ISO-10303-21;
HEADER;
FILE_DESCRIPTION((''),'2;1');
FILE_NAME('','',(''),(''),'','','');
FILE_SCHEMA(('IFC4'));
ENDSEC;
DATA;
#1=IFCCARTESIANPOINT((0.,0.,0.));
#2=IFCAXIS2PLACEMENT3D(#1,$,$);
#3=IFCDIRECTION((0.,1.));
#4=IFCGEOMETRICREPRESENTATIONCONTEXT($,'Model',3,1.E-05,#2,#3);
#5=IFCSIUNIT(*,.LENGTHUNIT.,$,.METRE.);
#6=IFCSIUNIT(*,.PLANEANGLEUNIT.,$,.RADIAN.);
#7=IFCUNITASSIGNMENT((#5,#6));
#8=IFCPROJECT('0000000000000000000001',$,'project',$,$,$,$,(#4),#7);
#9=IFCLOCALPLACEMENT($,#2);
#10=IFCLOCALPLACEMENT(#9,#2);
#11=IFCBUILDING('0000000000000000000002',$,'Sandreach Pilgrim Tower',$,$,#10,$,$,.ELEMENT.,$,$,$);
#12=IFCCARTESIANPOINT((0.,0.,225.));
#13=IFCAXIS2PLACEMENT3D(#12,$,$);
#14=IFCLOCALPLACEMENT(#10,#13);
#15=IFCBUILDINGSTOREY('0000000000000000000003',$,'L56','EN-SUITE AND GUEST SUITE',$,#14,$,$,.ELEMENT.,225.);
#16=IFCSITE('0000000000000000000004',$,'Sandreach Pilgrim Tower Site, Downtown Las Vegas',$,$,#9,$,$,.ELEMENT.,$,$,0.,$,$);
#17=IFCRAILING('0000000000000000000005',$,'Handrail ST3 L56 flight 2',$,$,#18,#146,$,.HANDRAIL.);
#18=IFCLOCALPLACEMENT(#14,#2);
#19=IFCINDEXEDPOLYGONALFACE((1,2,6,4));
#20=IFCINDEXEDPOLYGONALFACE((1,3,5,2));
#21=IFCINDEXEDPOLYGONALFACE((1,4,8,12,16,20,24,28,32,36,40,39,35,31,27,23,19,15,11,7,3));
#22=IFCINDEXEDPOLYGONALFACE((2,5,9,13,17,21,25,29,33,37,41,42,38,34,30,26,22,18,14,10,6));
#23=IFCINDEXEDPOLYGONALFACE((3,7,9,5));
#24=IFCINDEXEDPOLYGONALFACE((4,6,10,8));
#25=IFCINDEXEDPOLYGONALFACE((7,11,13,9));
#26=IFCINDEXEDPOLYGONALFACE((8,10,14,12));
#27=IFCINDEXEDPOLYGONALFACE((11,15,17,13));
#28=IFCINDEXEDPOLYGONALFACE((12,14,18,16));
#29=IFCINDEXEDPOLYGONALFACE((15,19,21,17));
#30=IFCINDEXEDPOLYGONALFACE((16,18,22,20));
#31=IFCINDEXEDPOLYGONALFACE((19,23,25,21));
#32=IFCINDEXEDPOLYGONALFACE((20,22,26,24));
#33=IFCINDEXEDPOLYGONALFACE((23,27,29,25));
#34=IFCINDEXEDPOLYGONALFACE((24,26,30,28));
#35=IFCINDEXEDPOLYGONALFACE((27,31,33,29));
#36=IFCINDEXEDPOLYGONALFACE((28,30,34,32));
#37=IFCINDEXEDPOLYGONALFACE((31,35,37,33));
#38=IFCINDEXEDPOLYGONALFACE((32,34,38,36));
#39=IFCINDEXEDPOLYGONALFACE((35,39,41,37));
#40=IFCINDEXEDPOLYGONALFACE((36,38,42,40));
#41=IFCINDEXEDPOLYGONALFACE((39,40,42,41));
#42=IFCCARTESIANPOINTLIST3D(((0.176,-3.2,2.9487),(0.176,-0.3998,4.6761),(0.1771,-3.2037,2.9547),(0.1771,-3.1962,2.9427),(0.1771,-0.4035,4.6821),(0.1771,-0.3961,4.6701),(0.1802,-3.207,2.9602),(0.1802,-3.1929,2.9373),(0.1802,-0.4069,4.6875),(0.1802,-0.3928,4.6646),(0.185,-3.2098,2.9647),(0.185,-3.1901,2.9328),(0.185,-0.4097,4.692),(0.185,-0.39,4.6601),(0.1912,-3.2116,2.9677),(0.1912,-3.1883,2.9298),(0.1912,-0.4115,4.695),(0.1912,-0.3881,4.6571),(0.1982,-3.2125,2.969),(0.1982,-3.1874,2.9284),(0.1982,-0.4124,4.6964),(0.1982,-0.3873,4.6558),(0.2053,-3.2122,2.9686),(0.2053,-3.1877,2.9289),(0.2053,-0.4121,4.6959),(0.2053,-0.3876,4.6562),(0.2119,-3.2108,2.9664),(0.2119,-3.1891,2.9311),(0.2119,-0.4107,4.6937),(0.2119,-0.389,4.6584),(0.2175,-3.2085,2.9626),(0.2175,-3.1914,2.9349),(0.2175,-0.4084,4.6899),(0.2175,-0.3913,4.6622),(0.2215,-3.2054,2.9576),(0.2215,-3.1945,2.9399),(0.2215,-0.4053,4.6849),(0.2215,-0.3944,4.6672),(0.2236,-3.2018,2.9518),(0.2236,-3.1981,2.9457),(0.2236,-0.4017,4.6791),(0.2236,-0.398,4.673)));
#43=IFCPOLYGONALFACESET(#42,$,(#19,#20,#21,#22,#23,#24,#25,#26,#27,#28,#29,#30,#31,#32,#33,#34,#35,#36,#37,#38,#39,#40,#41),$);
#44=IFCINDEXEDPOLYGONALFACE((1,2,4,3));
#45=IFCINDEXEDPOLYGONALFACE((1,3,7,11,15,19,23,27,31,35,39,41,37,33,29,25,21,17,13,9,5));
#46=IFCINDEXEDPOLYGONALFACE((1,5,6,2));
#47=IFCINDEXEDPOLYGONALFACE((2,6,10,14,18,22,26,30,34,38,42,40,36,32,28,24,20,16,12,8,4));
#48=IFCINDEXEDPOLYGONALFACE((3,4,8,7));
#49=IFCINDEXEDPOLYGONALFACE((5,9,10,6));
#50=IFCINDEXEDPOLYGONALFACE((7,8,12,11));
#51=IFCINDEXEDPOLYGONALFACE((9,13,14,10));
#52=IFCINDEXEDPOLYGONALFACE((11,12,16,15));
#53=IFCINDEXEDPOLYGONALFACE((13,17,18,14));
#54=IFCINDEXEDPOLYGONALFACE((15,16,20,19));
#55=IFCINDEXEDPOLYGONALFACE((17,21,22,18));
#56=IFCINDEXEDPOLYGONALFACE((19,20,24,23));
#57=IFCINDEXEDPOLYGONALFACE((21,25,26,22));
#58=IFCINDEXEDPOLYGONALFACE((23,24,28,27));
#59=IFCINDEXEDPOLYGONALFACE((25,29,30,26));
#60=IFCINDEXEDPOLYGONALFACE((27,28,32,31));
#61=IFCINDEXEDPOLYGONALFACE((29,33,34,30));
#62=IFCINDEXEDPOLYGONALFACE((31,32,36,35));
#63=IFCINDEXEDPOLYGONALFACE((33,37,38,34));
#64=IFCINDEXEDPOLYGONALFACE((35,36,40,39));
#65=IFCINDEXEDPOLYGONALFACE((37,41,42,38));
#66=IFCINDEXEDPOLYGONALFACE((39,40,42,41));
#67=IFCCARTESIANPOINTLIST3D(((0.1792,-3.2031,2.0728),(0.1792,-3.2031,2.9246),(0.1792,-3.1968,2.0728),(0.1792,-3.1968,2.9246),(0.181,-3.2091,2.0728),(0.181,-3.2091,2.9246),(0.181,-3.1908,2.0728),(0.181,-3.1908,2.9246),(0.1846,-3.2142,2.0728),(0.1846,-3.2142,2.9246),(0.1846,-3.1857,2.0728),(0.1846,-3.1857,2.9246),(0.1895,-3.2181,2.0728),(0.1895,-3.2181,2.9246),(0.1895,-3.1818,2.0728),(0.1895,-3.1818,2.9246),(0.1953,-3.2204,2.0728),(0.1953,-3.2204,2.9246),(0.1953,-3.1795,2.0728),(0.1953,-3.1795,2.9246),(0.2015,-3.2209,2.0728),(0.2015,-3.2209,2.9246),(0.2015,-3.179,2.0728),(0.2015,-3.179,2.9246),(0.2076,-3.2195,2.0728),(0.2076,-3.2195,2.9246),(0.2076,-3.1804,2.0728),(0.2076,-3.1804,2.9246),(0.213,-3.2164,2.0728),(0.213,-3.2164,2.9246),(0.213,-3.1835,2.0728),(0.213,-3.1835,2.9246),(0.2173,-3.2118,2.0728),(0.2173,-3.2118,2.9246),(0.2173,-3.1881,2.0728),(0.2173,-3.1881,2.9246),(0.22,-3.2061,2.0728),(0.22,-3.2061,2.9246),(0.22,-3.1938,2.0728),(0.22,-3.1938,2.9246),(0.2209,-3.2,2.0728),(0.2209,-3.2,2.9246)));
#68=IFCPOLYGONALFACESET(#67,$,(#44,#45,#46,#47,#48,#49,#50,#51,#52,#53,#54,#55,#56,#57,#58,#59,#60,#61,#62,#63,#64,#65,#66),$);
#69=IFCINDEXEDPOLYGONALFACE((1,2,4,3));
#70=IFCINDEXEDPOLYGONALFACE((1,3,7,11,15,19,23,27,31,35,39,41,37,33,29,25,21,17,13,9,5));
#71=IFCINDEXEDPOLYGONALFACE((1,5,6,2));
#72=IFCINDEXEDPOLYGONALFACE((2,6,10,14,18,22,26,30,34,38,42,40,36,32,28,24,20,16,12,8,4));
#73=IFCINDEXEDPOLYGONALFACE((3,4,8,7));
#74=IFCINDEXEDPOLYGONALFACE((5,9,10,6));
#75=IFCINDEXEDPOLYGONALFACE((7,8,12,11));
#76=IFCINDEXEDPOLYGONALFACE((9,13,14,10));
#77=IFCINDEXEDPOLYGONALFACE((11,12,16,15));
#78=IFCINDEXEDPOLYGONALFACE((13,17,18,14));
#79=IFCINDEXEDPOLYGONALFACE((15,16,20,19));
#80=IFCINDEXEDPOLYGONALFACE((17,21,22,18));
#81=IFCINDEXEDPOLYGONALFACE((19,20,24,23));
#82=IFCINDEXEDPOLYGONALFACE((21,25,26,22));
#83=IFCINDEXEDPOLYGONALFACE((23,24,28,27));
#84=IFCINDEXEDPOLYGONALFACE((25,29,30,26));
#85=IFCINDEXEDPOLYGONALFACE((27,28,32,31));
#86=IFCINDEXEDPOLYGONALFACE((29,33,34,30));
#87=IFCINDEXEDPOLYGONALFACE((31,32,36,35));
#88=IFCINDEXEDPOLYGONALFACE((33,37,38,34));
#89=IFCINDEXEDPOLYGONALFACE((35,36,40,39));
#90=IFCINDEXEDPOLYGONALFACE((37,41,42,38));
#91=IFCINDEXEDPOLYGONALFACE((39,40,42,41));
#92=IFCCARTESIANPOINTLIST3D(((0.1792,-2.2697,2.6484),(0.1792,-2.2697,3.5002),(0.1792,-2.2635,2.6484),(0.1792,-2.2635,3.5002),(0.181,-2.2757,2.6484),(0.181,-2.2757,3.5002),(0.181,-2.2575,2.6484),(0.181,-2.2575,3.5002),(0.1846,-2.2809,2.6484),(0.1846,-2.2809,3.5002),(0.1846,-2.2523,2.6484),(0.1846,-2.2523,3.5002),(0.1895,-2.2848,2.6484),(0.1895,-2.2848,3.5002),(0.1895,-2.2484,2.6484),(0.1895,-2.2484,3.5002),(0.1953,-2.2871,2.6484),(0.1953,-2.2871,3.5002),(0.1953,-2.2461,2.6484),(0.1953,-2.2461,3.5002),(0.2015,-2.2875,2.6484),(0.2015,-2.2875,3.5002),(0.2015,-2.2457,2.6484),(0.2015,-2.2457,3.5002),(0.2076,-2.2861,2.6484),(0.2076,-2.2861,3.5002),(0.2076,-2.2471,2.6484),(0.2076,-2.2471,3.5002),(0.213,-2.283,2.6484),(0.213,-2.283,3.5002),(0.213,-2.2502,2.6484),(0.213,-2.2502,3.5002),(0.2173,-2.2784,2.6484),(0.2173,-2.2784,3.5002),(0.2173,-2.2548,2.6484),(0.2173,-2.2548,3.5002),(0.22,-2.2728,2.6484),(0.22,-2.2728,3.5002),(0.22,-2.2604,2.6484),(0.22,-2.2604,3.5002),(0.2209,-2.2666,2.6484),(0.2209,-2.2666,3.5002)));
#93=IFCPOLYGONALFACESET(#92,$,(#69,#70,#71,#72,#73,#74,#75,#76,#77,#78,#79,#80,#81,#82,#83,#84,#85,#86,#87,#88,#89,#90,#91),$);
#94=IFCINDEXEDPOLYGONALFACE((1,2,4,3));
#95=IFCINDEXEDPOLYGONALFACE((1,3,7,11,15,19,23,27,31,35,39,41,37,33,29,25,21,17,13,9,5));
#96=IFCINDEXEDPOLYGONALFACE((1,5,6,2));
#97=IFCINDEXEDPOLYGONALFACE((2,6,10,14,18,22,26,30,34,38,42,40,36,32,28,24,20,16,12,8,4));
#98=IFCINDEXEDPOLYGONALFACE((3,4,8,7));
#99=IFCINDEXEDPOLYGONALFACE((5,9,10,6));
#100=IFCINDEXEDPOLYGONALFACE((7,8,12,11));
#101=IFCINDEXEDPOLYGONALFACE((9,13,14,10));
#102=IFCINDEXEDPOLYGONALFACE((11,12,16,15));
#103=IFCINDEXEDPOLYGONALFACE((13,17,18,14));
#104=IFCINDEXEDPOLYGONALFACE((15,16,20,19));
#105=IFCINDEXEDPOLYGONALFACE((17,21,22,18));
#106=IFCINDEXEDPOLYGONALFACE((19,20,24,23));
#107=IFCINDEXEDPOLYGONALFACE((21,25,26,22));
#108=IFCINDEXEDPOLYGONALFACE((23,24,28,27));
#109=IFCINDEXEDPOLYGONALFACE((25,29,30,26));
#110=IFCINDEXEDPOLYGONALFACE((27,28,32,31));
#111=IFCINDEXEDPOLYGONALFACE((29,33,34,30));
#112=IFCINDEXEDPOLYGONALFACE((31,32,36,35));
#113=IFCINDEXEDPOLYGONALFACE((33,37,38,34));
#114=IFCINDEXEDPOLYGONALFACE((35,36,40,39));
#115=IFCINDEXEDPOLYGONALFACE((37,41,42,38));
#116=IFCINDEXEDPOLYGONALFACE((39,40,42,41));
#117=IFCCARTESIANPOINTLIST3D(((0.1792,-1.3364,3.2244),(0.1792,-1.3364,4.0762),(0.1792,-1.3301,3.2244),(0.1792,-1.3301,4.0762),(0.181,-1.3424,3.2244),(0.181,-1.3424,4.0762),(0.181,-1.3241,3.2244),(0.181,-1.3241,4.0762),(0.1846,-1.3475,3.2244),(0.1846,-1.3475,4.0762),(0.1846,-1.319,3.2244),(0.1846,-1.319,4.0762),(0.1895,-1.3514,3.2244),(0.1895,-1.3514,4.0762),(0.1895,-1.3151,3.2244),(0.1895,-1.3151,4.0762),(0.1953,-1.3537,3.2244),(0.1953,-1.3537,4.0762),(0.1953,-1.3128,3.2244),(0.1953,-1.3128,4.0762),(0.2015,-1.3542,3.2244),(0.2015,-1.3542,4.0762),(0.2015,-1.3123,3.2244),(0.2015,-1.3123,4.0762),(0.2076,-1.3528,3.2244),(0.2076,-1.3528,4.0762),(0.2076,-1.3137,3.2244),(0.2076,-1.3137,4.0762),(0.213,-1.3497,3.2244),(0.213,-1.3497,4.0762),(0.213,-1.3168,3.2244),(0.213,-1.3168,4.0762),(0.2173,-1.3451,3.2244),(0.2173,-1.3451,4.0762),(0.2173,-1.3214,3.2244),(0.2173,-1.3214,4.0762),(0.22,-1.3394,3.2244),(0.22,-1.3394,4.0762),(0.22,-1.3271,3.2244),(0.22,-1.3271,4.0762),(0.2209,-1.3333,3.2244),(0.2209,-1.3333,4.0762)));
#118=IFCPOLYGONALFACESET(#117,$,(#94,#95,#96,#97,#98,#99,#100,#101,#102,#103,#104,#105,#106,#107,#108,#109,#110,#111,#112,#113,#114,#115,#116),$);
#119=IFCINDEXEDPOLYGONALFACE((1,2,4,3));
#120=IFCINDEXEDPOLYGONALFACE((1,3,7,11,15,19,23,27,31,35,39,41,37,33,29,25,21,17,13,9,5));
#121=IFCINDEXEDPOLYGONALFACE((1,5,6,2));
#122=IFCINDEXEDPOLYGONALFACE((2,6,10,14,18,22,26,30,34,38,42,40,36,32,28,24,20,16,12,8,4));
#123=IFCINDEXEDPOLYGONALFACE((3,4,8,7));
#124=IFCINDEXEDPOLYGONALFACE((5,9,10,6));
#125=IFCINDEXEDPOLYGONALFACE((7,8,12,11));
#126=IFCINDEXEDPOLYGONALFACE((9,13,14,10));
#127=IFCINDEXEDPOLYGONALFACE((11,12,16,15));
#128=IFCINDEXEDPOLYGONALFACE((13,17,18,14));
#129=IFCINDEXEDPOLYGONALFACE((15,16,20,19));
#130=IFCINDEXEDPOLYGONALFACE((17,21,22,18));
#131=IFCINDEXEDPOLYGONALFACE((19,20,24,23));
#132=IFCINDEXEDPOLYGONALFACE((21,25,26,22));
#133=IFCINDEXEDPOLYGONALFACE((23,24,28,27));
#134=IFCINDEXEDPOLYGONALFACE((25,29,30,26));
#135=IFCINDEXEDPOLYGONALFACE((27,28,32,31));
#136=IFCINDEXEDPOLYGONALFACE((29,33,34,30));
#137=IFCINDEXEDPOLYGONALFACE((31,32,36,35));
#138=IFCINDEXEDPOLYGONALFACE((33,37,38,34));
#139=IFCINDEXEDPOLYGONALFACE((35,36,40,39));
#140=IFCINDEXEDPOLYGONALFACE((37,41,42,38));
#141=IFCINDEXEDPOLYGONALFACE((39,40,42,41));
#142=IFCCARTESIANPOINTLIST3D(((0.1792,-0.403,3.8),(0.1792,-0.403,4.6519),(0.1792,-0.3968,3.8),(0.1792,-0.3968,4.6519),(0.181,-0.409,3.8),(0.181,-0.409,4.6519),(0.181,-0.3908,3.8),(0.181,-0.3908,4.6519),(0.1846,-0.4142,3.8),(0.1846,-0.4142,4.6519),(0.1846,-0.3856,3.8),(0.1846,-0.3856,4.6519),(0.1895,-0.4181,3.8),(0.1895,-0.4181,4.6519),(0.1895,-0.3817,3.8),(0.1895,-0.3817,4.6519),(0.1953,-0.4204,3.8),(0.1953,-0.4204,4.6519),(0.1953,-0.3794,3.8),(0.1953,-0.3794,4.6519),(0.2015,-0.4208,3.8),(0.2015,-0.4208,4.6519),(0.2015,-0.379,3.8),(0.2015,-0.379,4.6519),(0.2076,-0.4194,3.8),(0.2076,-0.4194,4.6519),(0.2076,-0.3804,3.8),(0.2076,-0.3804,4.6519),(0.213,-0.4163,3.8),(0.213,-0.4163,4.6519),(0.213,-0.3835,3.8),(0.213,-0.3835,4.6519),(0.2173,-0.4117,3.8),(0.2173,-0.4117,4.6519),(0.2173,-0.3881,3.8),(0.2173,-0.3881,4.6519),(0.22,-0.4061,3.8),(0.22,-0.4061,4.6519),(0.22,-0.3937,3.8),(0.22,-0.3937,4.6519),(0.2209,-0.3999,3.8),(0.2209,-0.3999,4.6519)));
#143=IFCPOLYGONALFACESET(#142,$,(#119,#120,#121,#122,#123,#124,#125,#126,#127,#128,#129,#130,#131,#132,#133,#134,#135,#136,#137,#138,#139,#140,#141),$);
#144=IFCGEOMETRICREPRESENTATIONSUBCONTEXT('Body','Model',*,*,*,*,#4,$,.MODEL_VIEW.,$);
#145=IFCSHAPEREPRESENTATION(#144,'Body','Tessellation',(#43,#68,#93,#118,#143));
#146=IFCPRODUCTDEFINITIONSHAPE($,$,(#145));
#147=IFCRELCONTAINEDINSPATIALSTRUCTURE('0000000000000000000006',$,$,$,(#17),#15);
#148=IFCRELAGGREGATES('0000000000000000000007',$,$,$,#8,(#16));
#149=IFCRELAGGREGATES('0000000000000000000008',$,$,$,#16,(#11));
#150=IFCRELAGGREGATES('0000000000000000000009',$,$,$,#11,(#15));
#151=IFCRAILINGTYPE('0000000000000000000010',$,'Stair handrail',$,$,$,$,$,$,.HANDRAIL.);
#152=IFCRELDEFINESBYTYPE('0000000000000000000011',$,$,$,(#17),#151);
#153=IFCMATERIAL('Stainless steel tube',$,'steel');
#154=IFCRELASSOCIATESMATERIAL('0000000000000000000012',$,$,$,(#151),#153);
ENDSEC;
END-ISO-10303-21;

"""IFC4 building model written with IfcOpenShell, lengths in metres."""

from ifc_helpers import new_model, si_unit, direction, frame, origin, origin_2d, place, context, subcontext, project, spatial, circle, extrude, material, type_object, element, save


model = new_model("IFC4")

# Units and contexts
model_context = context("Model", 3, precision=1e-05, world=origin(), true_north=direction((0.0, 1.0)))
body_context = subcontext(model_context, "Body", "Model", "MODEL_VIEW")
ifc_project = project(units=[si_unit("LENGTHUNIT", "METRE"), si_unit("PLANEANGLEUNIT", "RADIAN")], contexts=[model_context])

# Site, building, storey
site_placement = place(None, origin())
site = spatial("IfcSite", under=ifc_project, at=site_placement, Name="Sandreach Pilgrim Tower Site, Downtown Las Vegas", CompositionType="ELEMENT", RefElevation=0.0)
building_placement = place(site_placement, origin())
building = spatial("IfcBuilding", under=site, at=building_placement, Name="Sandreach Pilgrim Tower", CompositionType="ELEMENT")
storey_placement = place(building_placement, frame((0.0, 0.0, 225.0)))
storey = spatial("IfcBuildingStorey", under=building, at=storey_placement, Name="L56", Description="EN-SUITE AND GUEST SUITE", CompositionType="ELEMENT", Elevation=225.0)

# Railing
ifc_material_1 = material(Name="Stainless steel tube", Category="steel")
railing_type = type_object("IfcRailingType", Name="Stair handrail", PredefinedType="HANDRAIL", material=ifc_material_1)
for number, where, name in (
    (1, (0.2, -3.2, 2.0728), "Handrail ST3 L56 flight 2"),
):
    element("IfcRailing", number, at=place(storey_placement, frame(where)), inside=storey, type_object=railing_type, Name=name, PredefinedType="HANDRAIL", context=body_context, shape_type="SweptSolid", body=[
        extrude(circle(Radius=0.0239, at=origin_2d()), frame((0.0, 0.0, 0.876), z_axis=(0.0, 0.85109, 0.52502), x_axis=(-1.0, 0.0, 0.0)), (0.0, 0.0, 1.0), 3.29),
        extrude(circle(Radius=0.021, at=origin_2d()), origin(), (0.0, 0.0, 1.0), 0.8518),
        extrude(circle(Radius=0.021, at=origin_2d()), frame((0.0, 0.9333, 0.5757)), (0.0, 0.0, 1.0), 0.8518),
        extrude(circle(Radius=0.021, at=origin_2d()), frame((0.0, 1.8667, 1.1516)), (0.0, 0.0, 1.0), 0.8518),
        extrude(circle(Radius=0.021, at=origin_2d()), frame((0.0, 2.8, 1.7273)), (0.0, 0.0, 1.0), 0.8518),
    ])

save(model, "model.ifc")
